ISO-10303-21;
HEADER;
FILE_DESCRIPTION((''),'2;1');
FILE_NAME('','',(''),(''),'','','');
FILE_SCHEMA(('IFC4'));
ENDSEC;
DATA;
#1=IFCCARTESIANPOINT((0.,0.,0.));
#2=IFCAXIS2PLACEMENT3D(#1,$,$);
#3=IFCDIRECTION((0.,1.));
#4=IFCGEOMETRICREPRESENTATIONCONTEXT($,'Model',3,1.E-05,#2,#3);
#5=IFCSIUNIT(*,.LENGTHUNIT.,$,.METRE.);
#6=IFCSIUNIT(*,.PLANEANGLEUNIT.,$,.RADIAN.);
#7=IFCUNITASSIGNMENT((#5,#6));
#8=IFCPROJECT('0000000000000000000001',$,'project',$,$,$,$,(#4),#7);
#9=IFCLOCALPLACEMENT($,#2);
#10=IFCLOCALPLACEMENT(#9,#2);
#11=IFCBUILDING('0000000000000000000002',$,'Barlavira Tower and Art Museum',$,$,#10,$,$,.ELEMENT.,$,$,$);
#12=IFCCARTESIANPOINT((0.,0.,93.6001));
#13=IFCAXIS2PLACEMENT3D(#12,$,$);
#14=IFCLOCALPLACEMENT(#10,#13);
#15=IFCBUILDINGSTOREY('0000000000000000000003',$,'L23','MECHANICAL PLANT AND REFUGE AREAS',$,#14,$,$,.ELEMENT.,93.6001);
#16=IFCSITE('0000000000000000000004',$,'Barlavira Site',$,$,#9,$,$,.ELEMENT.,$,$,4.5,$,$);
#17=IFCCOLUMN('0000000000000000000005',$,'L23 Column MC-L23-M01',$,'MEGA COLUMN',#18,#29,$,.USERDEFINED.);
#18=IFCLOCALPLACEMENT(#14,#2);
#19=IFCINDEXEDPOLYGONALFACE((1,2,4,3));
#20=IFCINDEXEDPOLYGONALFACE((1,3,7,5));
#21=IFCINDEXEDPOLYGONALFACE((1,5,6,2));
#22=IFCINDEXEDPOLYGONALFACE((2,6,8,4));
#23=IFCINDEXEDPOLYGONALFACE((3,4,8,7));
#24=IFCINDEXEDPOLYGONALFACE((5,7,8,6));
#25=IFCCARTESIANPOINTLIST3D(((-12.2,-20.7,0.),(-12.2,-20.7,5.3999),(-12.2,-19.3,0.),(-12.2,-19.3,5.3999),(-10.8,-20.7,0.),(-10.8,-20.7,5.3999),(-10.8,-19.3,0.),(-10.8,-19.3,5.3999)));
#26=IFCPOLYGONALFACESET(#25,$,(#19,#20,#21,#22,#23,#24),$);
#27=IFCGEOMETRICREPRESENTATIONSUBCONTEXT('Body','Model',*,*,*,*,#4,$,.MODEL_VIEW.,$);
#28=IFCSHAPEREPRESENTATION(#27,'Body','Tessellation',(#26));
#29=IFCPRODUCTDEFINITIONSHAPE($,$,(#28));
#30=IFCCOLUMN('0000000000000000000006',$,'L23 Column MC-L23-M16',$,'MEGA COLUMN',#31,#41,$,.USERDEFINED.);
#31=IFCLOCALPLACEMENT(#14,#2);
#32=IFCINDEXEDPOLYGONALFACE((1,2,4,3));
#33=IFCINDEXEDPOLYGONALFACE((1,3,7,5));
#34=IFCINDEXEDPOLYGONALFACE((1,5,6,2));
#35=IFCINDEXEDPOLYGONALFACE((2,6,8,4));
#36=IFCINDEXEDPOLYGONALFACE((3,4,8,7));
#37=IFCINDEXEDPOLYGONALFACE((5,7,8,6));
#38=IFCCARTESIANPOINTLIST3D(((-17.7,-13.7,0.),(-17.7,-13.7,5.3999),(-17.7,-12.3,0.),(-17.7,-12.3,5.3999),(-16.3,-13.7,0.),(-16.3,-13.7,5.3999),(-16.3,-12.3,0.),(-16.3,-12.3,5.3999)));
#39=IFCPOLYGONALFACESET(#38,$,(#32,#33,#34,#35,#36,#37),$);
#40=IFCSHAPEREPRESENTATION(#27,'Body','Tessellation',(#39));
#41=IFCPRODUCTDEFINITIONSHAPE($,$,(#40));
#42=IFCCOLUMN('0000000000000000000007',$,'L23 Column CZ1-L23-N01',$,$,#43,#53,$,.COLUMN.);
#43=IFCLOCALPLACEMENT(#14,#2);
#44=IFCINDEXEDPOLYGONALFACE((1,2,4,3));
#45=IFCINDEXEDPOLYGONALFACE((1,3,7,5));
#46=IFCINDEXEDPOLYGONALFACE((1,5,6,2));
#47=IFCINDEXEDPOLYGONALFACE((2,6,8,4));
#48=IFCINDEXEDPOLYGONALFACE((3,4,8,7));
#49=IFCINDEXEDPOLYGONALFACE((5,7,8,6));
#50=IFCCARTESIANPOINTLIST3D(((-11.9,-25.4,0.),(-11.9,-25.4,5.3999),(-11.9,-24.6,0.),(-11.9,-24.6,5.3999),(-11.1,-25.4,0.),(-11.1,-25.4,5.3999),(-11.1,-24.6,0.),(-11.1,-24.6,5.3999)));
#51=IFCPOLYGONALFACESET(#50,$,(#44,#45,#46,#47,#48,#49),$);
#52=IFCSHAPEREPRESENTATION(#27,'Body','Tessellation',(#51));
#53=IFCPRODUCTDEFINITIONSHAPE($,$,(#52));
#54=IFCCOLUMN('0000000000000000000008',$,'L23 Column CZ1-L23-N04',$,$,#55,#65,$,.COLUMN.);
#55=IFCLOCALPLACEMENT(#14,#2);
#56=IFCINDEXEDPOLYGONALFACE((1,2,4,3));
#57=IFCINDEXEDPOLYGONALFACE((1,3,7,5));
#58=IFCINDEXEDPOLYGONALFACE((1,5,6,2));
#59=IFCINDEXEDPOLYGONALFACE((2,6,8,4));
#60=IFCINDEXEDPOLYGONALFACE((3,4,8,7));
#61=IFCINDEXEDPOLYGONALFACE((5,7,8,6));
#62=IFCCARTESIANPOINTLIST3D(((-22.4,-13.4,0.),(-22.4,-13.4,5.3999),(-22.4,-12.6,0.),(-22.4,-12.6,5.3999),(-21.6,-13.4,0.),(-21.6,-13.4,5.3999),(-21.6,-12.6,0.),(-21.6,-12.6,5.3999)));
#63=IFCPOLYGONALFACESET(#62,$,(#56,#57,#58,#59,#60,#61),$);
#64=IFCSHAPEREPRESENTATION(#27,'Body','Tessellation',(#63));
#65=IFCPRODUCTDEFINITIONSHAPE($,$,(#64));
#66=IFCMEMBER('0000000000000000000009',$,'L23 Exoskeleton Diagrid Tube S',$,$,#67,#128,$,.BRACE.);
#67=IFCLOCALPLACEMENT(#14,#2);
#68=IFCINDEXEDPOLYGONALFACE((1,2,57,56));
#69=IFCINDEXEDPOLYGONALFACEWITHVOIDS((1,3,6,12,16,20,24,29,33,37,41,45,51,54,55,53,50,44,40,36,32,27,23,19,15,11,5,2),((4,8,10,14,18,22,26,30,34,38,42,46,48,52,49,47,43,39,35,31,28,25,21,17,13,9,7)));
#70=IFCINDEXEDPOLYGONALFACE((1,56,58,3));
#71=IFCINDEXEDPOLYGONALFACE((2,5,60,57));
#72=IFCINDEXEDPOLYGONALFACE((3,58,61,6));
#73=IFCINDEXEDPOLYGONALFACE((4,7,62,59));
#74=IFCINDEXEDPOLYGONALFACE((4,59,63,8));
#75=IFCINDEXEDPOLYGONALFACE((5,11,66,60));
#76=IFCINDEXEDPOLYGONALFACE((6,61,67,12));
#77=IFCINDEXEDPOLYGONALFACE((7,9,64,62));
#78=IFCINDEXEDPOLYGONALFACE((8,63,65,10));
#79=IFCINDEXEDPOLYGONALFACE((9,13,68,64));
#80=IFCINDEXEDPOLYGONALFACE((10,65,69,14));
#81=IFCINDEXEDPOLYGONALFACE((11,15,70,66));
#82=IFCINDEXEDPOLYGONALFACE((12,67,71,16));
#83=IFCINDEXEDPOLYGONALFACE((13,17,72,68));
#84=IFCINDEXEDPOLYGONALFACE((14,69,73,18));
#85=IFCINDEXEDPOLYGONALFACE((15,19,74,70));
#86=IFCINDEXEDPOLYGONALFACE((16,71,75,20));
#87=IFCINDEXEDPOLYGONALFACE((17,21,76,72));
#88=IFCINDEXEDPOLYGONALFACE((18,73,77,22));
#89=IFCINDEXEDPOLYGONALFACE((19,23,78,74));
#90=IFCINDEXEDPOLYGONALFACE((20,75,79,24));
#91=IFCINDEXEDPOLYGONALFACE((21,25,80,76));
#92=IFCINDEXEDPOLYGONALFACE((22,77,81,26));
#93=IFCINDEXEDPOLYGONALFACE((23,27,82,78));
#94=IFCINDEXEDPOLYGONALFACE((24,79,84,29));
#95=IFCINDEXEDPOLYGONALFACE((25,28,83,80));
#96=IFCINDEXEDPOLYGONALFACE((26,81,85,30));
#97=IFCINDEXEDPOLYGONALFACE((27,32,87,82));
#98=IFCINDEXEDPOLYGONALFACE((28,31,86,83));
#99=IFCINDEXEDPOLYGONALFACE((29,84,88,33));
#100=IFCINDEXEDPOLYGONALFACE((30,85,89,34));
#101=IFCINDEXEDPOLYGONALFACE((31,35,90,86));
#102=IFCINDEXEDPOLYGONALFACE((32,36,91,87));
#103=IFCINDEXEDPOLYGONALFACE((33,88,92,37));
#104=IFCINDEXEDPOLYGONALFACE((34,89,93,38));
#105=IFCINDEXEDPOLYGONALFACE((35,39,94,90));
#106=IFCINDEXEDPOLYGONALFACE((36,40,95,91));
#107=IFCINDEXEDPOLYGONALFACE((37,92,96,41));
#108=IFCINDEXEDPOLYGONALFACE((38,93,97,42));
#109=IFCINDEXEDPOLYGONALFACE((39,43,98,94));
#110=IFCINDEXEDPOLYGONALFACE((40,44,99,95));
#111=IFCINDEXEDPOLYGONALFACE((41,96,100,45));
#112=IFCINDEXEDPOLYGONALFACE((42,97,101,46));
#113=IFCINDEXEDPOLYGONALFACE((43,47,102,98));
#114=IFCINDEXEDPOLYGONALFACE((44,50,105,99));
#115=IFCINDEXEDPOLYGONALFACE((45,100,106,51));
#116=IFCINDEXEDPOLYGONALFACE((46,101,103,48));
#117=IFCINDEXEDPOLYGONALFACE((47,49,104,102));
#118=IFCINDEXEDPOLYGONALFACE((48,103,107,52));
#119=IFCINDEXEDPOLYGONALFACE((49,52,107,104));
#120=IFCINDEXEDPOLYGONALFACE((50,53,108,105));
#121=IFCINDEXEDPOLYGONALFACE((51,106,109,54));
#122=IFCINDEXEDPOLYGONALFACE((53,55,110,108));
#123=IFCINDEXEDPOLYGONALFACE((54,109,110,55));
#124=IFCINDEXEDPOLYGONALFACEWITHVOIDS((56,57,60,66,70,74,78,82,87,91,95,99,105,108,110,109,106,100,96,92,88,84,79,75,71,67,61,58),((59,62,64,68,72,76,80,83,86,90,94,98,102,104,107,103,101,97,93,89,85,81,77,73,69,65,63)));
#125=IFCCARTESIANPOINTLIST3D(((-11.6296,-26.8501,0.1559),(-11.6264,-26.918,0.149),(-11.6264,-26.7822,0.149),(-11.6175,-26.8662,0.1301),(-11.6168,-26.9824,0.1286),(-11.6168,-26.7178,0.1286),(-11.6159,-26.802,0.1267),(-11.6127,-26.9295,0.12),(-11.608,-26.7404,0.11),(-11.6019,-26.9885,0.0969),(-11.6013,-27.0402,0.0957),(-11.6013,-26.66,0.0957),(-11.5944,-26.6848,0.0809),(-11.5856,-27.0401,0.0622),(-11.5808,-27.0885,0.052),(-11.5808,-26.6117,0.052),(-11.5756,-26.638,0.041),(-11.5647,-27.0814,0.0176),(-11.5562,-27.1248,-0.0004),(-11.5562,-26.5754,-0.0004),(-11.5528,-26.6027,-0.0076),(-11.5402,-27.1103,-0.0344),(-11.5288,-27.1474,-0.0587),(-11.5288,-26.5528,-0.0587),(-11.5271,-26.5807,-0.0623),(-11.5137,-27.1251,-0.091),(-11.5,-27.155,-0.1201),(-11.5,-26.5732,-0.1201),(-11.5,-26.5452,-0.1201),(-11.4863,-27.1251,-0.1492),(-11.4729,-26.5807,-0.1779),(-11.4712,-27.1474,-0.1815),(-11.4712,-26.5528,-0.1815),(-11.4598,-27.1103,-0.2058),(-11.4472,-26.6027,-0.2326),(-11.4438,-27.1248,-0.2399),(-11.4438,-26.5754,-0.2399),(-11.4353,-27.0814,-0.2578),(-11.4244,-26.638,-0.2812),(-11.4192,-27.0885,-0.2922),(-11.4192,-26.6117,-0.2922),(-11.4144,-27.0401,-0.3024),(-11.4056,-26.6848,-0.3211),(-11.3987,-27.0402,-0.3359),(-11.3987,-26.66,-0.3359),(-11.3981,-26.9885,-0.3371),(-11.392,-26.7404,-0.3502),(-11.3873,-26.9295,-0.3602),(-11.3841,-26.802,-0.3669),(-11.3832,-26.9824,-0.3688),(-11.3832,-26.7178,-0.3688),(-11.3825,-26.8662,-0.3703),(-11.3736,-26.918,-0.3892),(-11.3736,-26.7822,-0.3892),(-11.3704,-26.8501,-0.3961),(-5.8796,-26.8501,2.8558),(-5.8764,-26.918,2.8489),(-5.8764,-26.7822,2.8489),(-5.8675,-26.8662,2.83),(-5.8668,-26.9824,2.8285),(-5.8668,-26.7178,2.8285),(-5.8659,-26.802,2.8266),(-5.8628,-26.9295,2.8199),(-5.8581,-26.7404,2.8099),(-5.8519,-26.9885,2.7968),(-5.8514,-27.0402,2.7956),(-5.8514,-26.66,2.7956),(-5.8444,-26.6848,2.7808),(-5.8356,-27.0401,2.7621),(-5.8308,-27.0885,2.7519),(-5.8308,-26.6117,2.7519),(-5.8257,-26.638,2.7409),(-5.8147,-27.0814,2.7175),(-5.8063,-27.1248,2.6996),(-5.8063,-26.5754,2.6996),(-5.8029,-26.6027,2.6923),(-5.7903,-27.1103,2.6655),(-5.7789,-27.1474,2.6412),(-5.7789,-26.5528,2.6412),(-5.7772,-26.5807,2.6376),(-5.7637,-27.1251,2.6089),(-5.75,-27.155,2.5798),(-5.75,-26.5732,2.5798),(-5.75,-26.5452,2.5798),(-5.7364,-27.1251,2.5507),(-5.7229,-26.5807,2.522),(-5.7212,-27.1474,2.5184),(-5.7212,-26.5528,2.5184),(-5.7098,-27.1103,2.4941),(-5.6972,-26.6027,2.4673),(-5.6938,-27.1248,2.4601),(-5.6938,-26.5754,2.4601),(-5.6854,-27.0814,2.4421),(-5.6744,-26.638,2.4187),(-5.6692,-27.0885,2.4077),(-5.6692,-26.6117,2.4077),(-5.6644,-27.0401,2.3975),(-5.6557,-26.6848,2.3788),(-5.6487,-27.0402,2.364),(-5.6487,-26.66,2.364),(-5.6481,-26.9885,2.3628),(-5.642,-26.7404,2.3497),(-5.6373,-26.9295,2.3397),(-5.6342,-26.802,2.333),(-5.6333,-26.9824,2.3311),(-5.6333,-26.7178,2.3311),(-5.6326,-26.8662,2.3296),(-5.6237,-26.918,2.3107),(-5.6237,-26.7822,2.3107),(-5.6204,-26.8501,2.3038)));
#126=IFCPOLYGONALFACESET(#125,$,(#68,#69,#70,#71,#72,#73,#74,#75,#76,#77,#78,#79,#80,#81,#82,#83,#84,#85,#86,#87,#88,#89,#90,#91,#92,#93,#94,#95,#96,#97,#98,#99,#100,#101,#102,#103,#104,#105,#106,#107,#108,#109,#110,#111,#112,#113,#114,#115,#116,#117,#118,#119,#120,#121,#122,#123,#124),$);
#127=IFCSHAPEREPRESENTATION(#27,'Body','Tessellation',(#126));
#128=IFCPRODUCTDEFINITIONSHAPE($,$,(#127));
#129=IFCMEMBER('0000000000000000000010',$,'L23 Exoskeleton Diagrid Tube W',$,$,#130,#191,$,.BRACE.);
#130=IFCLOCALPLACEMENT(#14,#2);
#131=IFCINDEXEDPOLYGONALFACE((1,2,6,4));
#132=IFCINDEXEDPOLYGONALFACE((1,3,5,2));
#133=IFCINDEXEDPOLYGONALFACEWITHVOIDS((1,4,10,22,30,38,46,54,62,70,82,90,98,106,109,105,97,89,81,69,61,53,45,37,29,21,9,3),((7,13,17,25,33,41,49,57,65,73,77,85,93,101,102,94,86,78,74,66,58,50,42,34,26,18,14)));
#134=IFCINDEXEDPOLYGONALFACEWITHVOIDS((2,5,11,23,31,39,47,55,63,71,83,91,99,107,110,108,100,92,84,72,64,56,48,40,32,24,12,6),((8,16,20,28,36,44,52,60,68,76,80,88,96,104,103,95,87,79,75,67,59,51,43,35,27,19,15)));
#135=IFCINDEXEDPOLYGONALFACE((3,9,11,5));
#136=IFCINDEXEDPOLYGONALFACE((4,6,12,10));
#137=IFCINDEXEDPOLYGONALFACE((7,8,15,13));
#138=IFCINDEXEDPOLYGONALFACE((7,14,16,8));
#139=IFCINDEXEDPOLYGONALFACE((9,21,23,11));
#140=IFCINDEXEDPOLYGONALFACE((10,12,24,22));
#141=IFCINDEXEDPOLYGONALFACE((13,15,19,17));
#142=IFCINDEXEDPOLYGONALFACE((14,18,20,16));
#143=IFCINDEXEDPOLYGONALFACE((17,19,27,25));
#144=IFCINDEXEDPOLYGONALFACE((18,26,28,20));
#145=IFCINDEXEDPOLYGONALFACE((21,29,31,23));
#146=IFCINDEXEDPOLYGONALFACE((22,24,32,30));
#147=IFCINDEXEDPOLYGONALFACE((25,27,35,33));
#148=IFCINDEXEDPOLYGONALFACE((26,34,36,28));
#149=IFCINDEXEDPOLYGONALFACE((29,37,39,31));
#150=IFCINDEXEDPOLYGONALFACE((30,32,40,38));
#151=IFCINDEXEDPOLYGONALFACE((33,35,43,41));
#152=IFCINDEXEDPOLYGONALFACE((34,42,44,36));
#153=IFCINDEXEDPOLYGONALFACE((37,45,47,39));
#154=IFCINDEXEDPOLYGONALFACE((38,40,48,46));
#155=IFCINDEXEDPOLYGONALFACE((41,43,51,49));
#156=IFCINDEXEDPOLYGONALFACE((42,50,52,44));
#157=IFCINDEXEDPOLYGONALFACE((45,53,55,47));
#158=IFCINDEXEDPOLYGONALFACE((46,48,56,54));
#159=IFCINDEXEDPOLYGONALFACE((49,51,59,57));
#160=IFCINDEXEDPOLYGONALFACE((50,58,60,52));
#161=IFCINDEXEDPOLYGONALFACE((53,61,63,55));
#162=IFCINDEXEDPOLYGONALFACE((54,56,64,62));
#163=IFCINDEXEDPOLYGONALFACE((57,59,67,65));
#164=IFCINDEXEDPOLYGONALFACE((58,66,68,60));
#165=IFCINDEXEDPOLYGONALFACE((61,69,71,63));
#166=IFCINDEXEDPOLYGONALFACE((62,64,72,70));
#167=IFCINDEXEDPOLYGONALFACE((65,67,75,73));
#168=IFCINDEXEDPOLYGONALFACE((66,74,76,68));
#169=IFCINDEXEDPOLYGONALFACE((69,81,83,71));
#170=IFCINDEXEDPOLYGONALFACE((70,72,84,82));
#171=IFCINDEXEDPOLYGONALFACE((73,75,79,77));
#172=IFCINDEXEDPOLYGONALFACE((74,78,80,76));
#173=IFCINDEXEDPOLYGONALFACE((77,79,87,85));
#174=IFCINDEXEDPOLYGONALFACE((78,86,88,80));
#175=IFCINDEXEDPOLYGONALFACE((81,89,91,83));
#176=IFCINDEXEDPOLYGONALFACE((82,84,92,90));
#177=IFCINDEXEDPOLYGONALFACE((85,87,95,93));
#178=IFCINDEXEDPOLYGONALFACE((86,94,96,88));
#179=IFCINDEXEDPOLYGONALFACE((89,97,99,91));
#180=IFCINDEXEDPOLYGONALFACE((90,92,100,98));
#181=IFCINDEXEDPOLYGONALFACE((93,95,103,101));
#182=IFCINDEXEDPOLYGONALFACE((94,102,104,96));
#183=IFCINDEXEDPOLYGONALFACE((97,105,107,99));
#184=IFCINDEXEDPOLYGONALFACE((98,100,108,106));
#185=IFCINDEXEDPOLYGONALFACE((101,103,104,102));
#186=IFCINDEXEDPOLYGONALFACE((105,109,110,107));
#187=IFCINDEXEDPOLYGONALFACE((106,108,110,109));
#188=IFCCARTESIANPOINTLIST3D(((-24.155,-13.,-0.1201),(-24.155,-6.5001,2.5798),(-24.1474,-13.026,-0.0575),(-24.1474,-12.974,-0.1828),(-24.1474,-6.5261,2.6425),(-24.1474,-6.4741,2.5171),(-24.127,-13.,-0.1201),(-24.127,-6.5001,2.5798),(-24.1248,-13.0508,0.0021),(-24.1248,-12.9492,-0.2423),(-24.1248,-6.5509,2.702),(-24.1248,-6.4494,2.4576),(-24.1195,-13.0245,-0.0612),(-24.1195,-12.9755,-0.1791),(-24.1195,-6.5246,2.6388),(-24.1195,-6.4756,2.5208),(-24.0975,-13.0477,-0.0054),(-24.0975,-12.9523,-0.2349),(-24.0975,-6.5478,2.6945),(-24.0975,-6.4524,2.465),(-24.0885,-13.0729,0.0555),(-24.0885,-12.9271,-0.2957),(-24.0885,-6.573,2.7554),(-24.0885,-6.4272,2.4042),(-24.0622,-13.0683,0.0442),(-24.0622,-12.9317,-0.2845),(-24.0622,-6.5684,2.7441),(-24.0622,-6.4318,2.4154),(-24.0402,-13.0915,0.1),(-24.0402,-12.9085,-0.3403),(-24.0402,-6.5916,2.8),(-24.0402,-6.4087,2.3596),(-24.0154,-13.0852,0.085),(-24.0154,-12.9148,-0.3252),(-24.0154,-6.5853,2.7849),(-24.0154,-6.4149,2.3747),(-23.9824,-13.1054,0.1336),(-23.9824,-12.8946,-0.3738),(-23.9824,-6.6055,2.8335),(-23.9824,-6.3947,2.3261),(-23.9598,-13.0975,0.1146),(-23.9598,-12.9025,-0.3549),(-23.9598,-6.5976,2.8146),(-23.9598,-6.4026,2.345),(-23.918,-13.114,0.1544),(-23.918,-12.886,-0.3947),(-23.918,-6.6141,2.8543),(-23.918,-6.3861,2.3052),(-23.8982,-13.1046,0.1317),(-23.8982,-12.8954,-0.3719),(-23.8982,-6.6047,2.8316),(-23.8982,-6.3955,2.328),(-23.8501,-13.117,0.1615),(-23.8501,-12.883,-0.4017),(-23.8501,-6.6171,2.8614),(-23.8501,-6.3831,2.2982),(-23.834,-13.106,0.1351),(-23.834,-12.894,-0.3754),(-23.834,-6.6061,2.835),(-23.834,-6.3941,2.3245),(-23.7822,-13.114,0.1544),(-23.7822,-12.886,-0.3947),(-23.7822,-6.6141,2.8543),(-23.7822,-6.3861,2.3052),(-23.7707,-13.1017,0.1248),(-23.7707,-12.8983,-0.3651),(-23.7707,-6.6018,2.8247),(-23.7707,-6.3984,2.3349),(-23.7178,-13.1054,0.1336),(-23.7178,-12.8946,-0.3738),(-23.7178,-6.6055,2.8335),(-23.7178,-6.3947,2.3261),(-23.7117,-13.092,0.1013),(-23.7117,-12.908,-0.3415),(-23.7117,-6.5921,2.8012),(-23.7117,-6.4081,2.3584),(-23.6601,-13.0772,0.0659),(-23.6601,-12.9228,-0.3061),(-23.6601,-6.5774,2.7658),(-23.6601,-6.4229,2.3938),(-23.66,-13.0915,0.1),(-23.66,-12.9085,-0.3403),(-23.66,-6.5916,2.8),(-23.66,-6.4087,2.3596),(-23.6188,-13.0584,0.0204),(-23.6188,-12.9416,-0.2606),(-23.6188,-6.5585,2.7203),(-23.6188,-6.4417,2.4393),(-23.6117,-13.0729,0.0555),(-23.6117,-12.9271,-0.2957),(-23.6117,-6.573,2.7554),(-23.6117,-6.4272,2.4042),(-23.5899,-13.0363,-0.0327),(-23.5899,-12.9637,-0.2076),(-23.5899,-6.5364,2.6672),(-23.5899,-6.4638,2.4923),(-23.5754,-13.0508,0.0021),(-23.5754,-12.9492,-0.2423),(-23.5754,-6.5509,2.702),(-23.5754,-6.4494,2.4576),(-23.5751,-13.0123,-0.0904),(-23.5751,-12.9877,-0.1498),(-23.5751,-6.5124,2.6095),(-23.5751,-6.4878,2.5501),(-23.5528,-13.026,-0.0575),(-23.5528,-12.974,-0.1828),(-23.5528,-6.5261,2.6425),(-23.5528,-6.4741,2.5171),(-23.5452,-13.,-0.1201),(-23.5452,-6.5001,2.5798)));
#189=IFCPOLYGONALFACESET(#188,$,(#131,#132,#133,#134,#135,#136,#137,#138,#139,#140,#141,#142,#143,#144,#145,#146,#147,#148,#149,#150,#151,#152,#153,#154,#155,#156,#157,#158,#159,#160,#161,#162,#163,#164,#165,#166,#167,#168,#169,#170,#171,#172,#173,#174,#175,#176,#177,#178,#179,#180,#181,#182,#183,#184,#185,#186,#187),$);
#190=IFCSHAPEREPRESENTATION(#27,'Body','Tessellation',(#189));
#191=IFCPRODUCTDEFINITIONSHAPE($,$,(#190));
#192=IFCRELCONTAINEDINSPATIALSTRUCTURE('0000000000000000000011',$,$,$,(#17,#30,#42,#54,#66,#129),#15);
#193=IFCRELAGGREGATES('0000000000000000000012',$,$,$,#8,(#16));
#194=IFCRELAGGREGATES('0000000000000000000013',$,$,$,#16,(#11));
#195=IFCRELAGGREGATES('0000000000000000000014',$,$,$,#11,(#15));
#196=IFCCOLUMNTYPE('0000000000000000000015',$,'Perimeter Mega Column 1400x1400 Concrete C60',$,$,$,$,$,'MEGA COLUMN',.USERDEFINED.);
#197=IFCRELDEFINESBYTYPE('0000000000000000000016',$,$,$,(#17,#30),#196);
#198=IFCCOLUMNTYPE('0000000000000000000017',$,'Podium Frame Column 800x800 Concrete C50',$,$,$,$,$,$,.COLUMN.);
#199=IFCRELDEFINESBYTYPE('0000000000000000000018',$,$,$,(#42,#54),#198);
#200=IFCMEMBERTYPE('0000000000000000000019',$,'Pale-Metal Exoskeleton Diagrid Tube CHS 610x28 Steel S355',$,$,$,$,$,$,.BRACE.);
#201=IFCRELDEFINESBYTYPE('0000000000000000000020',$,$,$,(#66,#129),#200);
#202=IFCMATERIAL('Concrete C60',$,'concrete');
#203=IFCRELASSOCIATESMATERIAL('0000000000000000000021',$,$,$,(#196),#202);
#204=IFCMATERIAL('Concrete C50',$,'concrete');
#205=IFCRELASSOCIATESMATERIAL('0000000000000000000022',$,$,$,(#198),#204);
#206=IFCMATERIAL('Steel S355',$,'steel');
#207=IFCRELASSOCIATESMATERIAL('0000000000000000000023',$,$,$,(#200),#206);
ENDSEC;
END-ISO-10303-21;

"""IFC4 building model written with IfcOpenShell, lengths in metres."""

from ifc_helpers import new_model, si_unit, direction, frame, origin, origin_2d, place, context, subcontext, project, spatial, rectangle, hollow_circle, extrude, material, material_profile, profile_set, type_object, element, save


model = new_model("IFC4")

# Units and contexts
model_context = context("Model", 3, precision=1e-05, world=origin(), true_north=direction((0.0, 1.0)))
body_context = subcontext(model_context, "Body", "Model", "MODEL_VIEW")
ifc_project = project(units=[si_unit("LENGTHUNIT", "METRE"), si_unit("PLANEANGLEUNIT", "RADIAN")], contexts=[model_context])

# Site, building, storey
site_placement = place(None, origin())
site = spatial("IfcSite", under=ifc_project, at=site_placement, Name="Barlavira Site", CompositionType="ELEMENT", RefElevation=4.5)
building_placement = place(site_placement, origin())
building = spatial("IfcBuilding", under=site, at=building_placement, Name="Barlavira Tower and Art Museum", CompositionType="ELEMENT")
storey_placement = place(building_placement, frame((0.0, 0.0, 93.6001)))
storey = spatial("IfcBuildingStorey", under=building, at=storey_placement, Name="L23", Description="MECHANICAL PLANT AND REFUGE AREAS", CompositionType="ELEMENT", Elevation=93.6001)

# Columns
ifc_material_1 = material(Name="Concrete C60", Category="concrete")
ifc_material_profile_1 = material_profile(ifc_material_1, rectangle(XDim=1.3999, YDim=1.3999, at=origin_2d()), Name="RC-MCOL 1400x1400")
ifc_profile_set_1 = profile_set([ifc_material_profile_1], Name="Concrete C60")
column_type_1 = type_object("IfcColumnType", Name="Perimeter Mega Column 1400x1400 Concrete C60", ElementType="MEGA COLUMN", PredefinedType="USERDEFINED", material=ifc_profile_set_1)
for number, where, z_axis, x_axis, name in (
    (1, (-11.5, -20.0, 0.0), (0.0, 0.0, 1.0), (1.0, 0.0, 0.0), "L23 Column MC-L23-M01"),
    (2, (-17.0, -13.0, 0.0), (0.0, 0.0, 1.0), (1.0, 0.0, 0.0), "L23 Column MC-L23-M16"),
):
    element("IfcColumn", number, at=place(storey_placement, frame(where, z_axis=z_axis, x_axis=x_axis)), inside=storey, type_object=column_type_1, Name=name, ObjectType="MEGA COLUMN", PredefinedType="USERDEFINED", context=body_context, shape_type="SweptSolid", body=[
        extrude(rectangle(XDim=1.3999, YDim=1.3999, at=origin_2d()), origin(), (0.0, 0.0, 1.0), 5.3999),
    ])
ifc_material_2 = material(Name="Concrete C50", Category="concrete")
ifc_material_profile_2 = material_profile(ifc_material_2, rectangle(XDim=0.8, YDim=0.8, at=origin_2d()), Name="RC-COL 800x800")
ifc_profile_set_2 = profile_set([ifc_material_profile_2], Name="Concrete C50")
column_type_2 = type_object("IfcColumnType", Name="Podium Frame Column 800x800 Concrete C50", PredefinedType="COLUMN", material=ifc_profile_set_2)
for number, where, z_axis, x_axis, name in (
    (3, (-11.5, -25.0, 0.0), (0.0, 0.0, 1.0), (1.0, 0.0, 0.0), "L23 Column CZ1-L23-N01"),
    (4, (-22.0, -13.0, 0.0), (0.0, 0.0, 1.0), (1.0, 0.0, 0.0), "L23 Column CZ1-L23-N04"),
):
    element("IfcColumn", number, at=place(storey_placement, frame(where, z_axis=z_axis, x_axis=x_axis)), inside=storey, type_object=column_type_2, Name=name, PredefinedType="COLUMN", context=body_context, shape_type="SweptSolid", body=[
        extrude(rectangle(XDim=0.8, YDim=0.8, at=origin_2d()), origin(), (0.0, 0.0, 1.0), 5.3999),
    ])

# Members
ifc_material_3 = material(Name="Steel S355", Category="steel")
ifc_material_profile_3 = material_profile(ifc_material_3, hollow_circle(Radius=0.3049, WallThickness=0.0281, at=origin_2d()), Name="CHS 610.0x28.0")
ifc_profile_set_3 = profile_set([ifc_material_profile_3], Name="Steel S355")
member_type_1 = type_object("IfcMemberType", Name="Pale-Metal Exoskeleton Diagrid Tube CHS 610x28 Steel S355", PredefinedType="BRACE", material=ifc_profile_set_3)
member_1_placement = place(storey_placement, frame((-11.5, -26.8501, -0.1201), z_axis=(0.905178, 0.0, 0.425032), x_axis=(0.0, 1.0, 0.0)))
element("IfcMember", 5, at=member_1_placement, inside=storey, type_object=member_type_1, Name="L23 Exoskeleton Diagrid Tube S", PredefinedType="BRACE", context=body_context, shape_type="SweptSolid", body=[
    extrude(hollow_circle(Radius=0.3049, WallThickness=0.0281, at=origin_2d()), origin(), (0.0, 0.0, 1.0), 6.3523),
])
member_2_placement = place(storey_placement, frame((-23.8501, -13.0, -0.1201), z_axis=(0.0, 0.923499, 0.3836), x_axis=(-1.0, 0.0, 0.0)))
element("IfcMember", 6, at=member_2_placement, inside=storey, type_object=member_type_1, Name="L23 Exoskeleton Diagrid Tube W", PredefinedType="BRACE", context=body_context, shape_type="SweptSolid", body=[
    extrude(hollow_circle(Radius=0.3049, WallThickness=0.0281, at=origin_2d()), origin(), (0.0, 0.0, 1.0), 7.0383),
])

save(model, "model.ifc")
